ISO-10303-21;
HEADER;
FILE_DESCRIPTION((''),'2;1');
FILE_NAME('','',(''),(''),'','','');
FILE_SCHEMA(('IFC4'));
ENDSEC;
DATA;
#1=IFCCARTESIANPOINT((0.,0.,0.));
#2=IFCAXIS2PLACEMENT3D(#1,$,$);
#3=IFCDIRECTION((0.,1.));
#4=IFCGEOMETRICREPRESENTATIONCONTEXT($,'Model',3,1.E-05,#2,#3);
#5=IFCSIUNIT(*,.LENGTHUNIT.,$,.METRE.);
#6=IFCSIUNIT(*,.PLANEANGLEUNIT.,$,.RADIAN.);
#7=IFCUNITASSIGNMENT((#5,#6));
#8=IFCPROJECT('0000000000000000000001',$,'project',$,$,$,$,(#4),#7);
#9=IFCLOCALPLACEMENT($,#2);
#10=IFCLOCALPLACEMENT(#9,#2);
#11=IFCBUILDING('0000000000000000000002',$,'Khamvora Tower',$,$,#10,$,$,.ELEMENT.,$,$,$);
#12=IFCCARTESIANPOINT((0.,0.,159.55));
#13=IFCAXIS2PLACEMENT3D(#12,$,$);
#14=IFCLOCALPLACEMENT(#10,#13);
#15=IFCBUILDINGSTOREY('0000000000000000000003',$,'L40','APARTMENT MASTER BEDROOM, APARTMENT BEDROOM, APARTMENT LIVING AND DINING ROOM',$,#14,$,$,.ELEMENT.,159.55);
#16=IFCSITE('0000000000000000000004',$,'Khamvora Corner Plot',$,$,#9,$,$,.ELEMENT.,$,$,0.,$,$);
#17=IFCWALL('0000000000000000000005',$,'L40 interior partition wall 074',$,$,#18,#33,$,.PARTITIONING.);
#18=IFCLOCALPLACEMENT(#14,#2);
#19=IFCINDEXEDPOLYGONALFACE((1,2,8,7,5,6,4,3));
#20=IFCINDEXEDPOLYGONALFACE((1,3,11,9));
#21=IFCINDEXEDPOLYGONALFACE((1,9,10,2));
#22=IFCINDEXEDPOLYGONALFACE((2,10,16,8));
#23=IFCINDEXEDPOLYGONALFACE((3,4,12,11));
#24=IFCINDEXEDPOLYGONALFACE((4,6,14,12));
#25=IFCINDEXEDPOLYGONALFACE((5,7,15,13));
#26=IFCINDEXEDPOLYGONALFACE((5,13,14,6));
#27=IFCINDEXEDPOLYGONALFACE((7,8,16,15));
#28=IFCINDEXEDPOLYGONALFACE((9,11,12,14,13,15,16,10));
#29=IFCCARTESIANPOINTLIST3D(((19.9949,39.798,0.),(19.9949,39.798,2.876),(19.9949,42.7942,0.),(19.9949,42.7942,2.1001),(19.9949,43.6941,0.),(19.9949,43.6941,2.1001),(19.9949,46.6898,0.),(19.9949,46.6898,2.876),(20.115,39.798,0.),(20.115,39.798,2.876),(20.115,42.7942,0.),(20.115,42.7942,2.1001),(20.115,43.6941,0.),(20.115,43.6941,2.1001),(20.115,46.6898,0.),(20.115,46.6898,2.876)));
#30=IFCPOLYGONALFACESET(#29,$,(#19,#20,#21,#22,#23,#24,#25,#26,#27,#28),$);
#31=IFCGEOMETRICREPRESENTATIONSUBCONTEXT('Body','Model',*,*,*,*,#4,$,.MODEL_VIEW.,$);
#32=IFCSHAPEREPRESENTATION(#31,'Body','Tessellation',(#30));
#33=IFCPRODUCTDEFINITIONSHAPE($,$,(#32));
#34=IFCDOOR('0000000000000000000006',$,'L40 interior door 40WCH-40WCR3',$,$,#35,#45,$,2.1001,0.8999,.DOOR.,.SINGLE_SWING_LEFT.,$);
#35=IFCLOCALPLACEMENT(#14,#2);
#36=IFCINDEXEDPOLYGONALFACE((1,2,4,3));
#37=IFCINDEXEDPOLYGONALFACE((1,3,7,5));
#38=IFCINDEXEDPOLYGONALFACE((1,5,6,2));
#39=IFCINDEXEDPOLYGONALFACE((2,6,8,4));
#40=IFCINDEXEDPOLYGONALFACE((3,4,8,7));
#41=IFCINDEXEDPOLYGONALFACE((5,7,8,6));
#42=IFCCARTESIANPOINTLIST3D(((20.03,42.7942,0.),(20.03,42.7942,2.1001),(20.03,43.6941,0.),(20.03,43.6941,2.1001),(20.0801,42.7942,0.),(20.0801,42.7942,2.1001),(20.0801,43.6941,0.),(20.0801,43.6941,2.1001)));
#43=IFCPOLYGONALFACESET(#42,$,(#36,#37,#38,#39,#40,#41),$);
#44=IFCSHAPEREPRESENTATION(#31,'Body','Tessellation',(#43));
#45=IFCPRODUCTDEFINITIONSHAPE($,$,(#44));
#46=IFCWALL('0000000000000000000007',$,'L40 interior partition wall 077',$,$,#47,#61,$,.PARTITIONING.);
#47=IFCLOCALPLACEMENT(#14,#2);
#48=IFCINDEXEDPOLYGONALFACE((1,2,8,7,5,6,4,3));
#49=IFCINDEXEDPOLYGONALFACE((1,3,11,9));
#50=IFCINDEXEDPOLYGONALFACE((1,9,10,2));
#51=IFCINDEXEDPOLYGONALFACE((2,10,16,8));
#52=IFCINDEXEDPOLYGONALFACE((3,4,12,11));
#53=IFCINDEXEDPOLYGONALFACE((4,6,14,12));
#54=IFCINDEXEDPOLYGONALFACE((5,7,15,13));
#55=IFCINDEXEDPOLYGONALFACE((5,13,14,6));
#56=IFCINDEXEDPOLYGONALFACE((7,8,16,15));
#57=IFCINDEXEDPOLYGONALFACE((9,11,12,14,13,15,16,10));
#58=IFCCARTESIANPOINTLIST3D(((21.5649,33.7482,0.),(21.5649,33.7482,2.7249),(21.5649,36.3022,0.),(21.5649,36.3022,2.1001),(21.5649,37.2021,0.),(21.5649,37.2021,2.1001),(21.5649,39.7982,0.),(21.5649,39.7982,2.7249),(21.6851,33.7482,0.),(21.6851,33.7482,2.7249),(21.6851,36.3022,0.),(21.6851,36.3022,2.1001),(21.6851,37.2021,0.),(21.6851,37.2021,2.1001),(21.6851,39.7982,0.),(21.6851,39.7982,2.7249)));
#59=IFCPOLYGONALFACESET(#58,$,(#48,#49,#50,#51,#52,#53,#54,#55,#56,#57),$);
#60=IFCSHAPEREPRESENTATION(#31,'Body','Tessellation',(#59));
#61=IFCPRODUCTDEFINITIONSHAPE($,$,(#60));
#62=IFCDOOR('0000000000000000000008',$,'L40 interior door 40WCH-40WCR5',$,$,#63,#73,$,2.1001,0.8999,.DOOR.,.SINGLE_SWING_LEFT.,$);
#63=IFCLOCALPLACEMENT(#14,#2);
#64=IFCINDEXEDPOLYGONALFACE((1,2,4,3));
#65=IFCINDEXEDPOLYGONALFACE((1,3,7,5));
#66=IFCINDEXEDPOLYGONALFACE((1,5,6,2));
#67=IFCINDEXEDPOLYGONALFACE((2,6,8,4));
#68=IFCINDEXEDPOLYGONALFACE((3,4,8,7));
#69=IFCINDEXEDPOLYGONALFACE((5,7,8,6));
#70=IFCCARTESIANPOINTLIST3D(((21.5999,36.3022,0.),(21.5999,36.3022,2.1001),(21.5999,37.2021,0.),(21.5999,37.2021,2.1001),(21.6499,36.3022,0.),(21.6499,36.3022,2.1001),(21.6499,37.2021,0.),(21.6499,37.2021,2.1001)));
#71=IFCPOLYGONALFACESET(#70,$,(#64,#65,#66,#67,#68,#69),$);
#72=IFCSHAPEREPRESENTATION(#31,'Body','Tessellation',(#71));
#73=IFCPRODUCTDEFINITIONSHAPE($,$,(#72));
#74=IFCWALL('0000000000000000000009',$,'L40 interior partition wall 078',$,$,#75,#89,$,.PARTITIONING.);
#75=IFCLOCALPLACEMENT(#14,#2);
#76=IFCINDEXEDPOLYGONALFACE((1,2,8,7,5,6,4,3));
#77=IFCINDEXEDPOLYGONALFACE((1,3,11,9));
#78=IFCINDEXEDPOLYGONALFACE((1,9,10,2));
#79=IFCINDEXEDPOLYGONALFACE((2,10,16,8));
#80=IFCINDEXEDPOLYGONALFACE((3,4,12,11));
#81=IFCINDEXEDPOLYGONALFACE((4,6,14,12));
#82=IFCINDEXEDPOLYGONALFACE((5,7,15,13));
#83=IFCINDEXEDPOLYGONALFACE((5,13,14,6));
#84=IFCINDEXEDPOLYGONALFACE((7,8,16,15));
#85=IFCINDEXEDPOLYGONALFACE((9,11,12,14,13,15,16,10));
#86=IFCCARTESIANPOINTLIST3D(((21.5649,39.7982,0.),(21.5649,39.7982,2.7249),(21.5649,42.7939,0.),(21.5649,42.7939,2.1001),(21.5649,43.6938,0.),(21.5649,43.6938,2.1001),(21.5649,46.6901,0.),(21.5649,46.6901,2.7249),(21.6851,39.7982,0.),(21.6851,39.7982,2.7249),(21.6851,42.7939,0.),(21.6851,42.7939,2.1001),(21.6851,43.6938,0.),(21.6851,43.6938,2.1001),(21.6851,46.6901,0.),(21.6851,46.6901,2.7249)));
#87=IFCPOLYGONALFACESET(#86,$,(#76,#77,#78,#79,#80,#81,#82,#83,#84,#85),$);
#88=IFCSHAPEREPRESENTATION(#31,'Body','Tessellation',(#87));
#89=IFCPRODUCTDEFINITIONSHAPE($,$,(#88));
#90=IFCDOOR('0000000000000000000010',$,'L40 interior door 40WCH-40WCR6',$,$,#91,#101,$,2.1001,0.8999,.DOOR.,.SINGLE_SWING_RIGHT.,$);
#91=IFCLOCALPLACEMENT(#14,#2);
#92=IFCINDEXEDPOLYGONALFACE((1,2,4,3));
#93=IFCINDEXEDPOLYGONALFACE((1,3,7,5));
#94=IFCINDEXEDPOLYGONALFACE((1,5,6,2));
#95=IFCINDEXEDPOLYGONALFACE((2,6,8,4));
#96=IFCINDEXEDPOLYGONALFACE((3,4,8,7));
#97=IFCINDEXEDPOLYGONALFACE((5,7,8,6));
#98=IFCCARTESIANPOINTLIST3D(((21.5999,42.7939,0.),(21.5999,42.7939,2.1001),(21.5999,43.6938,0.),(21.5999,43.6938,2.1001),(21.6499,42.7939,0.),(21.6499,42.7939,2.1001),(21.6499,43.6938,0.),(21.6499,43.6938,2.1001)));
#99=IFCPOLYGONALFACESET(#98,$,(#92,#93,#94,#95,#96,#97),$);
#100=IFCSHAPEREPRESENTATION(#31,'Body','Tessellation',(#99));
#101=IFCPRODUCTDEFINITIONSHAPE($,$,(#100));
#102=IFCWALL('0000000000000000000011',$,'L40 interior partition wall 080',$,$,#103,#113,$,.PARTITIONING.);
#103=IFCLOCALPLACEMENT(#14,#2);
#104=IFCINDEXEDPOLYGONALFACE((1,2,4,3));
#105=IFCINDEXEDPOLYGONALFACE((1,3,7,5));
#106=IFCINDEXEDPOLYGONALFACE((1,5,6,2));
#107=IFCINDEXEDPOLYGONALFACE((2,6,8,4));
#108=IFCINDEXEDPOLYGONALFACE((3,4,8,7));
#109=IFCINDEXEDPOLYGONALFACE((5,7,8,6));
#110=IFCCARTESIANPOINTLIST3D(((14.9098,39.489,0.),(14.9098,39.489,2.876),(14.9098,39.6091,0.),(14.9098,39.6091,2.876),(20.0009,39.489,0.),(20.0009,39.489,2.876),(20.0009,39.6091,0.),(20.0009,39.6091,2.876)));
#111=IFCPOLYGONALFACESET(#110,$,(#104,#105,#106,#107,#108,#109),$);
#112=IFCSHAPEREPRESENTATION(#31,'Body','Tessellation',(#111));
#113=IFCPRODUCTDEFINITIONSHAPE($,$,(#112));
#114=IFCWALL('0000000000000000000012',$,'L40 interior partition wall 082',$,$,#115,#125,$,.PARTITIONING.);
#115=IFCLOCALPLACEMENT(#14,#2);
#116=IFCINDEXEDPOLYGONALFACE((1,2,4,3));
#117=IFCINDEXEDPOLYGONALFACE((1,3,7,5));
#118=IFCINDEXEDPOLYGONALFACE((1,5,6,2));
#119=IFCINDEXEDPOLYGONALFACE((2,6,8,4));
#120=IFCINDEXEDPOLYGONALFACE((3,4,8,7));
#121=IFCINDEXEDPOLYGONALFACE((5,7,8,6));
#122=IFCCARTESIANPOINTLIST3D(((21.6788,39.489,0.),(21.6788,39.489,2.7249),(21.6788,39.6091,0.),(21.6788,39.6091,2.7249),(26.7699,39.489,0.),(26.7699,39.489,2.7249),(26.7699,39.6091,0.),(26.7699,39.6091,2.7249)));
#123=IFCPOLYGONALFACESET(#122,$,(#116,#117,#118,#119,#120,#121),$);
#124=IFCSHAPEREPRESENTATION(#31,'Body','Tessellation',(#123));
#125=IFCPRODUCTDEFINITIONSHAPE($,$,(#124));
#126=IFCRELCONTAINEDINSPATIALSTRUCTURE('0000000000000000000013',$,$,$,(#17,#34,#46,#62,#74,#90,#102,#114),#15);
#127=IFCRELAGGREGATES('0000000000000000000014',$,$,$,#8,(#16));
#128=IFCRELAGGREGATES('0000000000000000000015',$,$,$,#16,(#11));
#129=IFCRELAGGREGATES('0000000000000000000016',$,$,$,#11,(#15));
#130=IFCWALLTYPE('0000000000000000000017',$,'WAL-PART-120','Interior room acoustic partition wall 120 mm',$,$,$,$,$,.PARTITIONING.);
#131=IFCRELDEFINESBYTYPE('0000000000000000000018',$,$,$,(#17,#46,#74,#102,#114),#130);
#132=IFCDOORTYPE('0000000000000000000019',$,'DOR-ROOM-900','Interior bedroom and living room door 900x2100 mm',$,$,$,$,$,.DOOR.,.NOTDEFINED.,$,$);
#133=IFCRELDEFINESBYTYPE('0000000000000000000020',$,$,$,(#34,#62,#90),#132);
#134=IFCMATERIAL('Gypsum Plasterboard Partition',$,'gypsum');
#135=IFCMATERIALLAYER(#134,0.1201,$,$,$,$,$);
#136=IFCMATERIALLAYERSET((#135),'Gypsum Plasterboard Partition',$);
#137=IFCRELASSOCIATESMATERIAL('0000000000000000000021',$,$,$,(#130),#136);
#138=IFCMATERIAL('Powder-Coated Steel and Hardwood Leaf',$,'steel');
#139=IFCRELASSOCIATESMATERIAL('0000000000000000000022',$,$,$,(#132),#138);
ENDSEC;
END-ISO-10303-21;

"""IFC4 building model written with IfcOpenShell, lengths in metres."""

from ifc_helpers import new_model, si_unit, direction, frame, frame_2d, origin, place, context, subcontext, project, spatial, rectangle, extrude, material, layer, layer_set, type_object, element, fill, save


model = new_model("IFC4")

# Units and contexts
model_context = context("Model", 3, precision=1e-05, world=origin(), true_north=direction((0.0, 1.0)))
body_context = subcontext(model_context, "Body", "Model", "MODEL_VIEW")
ifc_project = project(units=[si_unit("LENGTHUNIT", "METRE"), si_unit("PLANEANGLEUNIT", "RADIAN")], contexts=[model_context])

# Site, building, storey
site_placement = place(None, origin())
site = spatial("IfcSite", under=ifc_project, at=site_placement, Name="Khamvora Corner Plot", CompositionType="ELEMENT", RefElevation=0.0)
building_placement = place(site_placement, origin())
building = spatial("IfcBuilding", under=site, at=building_placement, Name="Khamvora Tower", CompositionType="ELEMENT")
storey_placement = place(building_placement, frame((0.0, 0.0, 159.55)))
storey = spatial("IfcBuildingStorey", under=building, at=storey_placement, Name="L40", Description="APARTMENT MASTER BEDROOM, APARTMENT BEDROOM, APARTMENT LIVING AND DINING ROOM", CompositionType="ELEMENT", Elevation=159.55)

# Walls, openings, doors
ifc_material_1 = material(Name="Gypsum Plasterboard Partition", Category="gypsum")
ifc_layer_1 = layer(ifc_material_1, 0.1201)
ifc_layer_set_1 = layer_set([ifc_layer_1], Name="Gypsum Plasterboard Partition")
wall_type_1 = type_object("IfcWallType", Name="WAL-PART-120", Description="Interior room acoustic partition wall 120 mm", PredefinedType="PARTITIONING", material=ifc_layer_set_1)
wall_1_placement = place(storey_placement, frame((20.0549, 39.7981, 0.0), z_axis=(0.0, 0.0, 1.0), x_axis=(0.0, 1.0, 0.0)))
wall_1 = element("IfcWall", 1, at=wall_1_placement, inside=storey, type_object=wall_type_1, Name="L40 interior partition wall 074", PredefinedType="PARTITIONING", context=body_context, shape_type="SweptSolid", body=[
    extrude(rectangle(XDim=6.8918, YDim=0.1201, at=frame_2d((3.4458, 0.0))), origin(), (0.0, 0.0, 1.0), 2.876),
])
opening_1_placement = place(wall_1_placement, frame((2.9961, 0.0, 0.0)))
opening_1 = element("IfcOpeningElement", 2, at=opening_1_placement, cuts=wall_1, PredefinedType="OPENING", context=body_context, shape_type="SweptSolid", body=[
    extrude(rectangle(XDim=0.8999, YDim=2.1001, at=frame_2d((0.45, 1.05))), frame((0.0, 0.0701, 0.0), z_axis=(0.0, -1.0, 0.0), x_axis=(1.0, 0.0, 0.0)), (0.0, 0.0, 1.0), 0.1401),
])
ifc_material_2 = material(Name="Powder-Coated Steel and Hardwood Leaf", Category="steel")
door_type = type_object("IfcDoorType", Name="DOR-ROOM-900", Description="Interior bedroom and living room door 900x2100 mm", OperationType="NOTDEFINED", PredefinedType="DOOR", material=ifc_material_2)
door_1_placement = place(opening_1_placement, origin())
door_1 = element("IfcDoor", 3, at=door_1_placement, inside=storey, type_object=door_type, Name="L40 interior door 40WCH-40WCR3", OperationType="SINGLE_SWING_LEFT", OverallHeight=2.1001, OverallWidth=0.8999, PredefinedType="DOOR", context=body_context, shape_type="SweptSolid", body=[
    extrude(rectangle(XDim=0.8999, YDim=2.1001, at=frame_2d((0.45, 1.05))), frame((0.0, 0.0249, 0.0), z_axis=(0.0, -1.0, 0.0), x_axis=(1.0, 0.0, 0.0)), (0.0, 0.0, 1.0), 0.05),
])
fill(opening_1, door_1)
wall_2_placement = place(storey_placement, frame((21.625, 39.7981, 0.0), z_axis=(0.0, 0.0, 1.0), x_axis=(0.0, -1.0, 0.0)))
wall_2 = element("IfcWall", 4, at=wall_2_placement, inside=storey, type_object=wall_type_1, Name="L40 interior partition wall 077", PredefinedType="PARTITIONING", context=body_context, shape_type="SweptSolid", body=[
    extrude(rectangle(XDim=6.05, YDim=0.1201, at=frame_2d((3.0249, 0.0))), origin(), (0.0, 0.0, 1.0), 2.7249),
])
opening_2_placement = place(wall_2_placement, frame((2.5959, 0.0, 0.0)))
opening_2 = element("IfcOpeningElement", 5, at=opening_2_placement, cuts=wall_2, PredefinedType="OPENING", context=body_context, shape_type="SweptSolid", body=[
    extrude(rectangle(XDim=0.8999, YDim=2.1001, at=frame_2d((0.45, 1.05))), frame((0.0, 0.0701, 0.0), z_axis=(0.0, -1.0, 0.0), x_axis=(1.0, 0.0, 0.0)), (0.0, 0.0, 1.0), 0.1401),
])
door_2_placement = place(opening_2_placement, origin())
door_2 = element("IfcDoor", 6, at=door_2_placement, inside=storey, type_object=door_type, Name="L40 interior door 40WCH-40WCR5", OperationType="SINGLE_SWING_LEFT", OverallHeight=2.1001, OverallWidth=0.8999, PredefinedType="DOOR", context=body_context, shape_type="SweptSolid", body=[
    extrude(rectangle(XDim=0.8999, YDim=2.1001, at=frame_2d((0.45, 1.05))), frame((0.0, 0.0249, 0.0), z_axis=(0.0, -1.0, 0.0), x_axis=(1.0, 0.0, 0.0)), (0.0, 0.0, 1.0), 0.05),
])
fill(opening_2, door_2)
wall_3_placement = place(storey_placement, frame((21.625, 46.6899, 0.0), z_axis=(0.0, 0.0, 1.0), x_axis=(0.0, -1.0, 0.0)))
wall_3 = element("IfcWall", 7, at=wall_3_placement, inside=storey, type_object=wall_type_1, Name="L40 interior partition wall 078", PredefinedType="PARTITIONING", context=body_context, shape_type="SweptSolid", body=[
    extrude(rectangle(XDim=6.8918, YDim=0.1201, at=frame_2d((3.4458, 0.0))), origin(), (0.0, 0.0, 1.0), 2.7249),
])
opening_3_placement = place(wall_3_placement, frame((2.9961, 0.0, 0.0)))
opening_3 = element("IfcOpeningElement", 8, at=opening_3_placement, cuts=wall_3, PredefinedType="OPENING", context=body_context, shape_type="SweptSolid", body=[
    extrude(rectangle(XDim=0.8999, YDim=2.1001, at=frame_2d((0.45, 1.05))), frame((0.0, 0.0701, 0.0), z_axis=(0.0, -1.0, 0.0), x_axis=(1.0, 0.0, 0.0)), (0.0, 0.0, 1.0), 0.1401),
])
door_3_placement = place(opening_3_placement, origin())
door_3 = element("IfcDoor", 9, at=door_3_placement, inside=storey, type_object=door_type, Name="L40 interior door 40WCH-40WCR6", OperationType="SINGLE_SWING_RIGHT", OverallHeight=2.1001, OverallWidth=0.8999, PredefinedType="DOOR", context=body_context, shape_type="SweptSolid", body=[
    extrude(rectangle(XDim=0.8999, YDim=2.1001, at=frame_2d((0.45, 1.05))), frame((0.0, 0.0249, 0.0), z_axis=(0.0, -1.0, 0.0), x_axis=(1.0, 0.0, 0.0)), (0.0, 0.0, 1.0), 0.05),
])
fill(opening_3, door_3)

# Walls
wall_4_placement = place(storey_placement, frame((14.9099, 39.5491, 0.0), z_axis=(0.0, 0.0, 1.0), x_axis=(1.0, 0.0, 0.0)))
element("IfcWall", 10, at=wall_4_placement, inside=storey, type_object=wall_type_1, Name="L40 interior partition wall 080", PredefinedType="PARTITIONING", context=body_context, shape_type="SweptSolid", body=[
    extrude(rectangle(XDim=5.0911, YDim=0.1201, at=frame_2d((2.5454, 0.0))), origin(), (0.0, 0.0, 1.0), 2.876),
])
wall_5_placement = place(storey_placement, frame((21.679, 39.5491, 0.0), z_axis=(0.0, 0.0, 1.0), x_axis=(1.0, 0.0, 0.0)))
element("IfcWall", 11, at=wall_5_placement, inside=storey, type_object=wall_type_1, Name="L40 interior partition wall 082", PredefinedType="PARTITIONING", context=body_context, shape_type="SweptSolid", body=[
    extrude(rectangle(XDim=5.0911, YDim=0.1201, at=frame_2d((2.5454, 0.0))), origin(), (0.0, 0.0, 1.0), 2.7249),
])

save(model, "model.ifc")
